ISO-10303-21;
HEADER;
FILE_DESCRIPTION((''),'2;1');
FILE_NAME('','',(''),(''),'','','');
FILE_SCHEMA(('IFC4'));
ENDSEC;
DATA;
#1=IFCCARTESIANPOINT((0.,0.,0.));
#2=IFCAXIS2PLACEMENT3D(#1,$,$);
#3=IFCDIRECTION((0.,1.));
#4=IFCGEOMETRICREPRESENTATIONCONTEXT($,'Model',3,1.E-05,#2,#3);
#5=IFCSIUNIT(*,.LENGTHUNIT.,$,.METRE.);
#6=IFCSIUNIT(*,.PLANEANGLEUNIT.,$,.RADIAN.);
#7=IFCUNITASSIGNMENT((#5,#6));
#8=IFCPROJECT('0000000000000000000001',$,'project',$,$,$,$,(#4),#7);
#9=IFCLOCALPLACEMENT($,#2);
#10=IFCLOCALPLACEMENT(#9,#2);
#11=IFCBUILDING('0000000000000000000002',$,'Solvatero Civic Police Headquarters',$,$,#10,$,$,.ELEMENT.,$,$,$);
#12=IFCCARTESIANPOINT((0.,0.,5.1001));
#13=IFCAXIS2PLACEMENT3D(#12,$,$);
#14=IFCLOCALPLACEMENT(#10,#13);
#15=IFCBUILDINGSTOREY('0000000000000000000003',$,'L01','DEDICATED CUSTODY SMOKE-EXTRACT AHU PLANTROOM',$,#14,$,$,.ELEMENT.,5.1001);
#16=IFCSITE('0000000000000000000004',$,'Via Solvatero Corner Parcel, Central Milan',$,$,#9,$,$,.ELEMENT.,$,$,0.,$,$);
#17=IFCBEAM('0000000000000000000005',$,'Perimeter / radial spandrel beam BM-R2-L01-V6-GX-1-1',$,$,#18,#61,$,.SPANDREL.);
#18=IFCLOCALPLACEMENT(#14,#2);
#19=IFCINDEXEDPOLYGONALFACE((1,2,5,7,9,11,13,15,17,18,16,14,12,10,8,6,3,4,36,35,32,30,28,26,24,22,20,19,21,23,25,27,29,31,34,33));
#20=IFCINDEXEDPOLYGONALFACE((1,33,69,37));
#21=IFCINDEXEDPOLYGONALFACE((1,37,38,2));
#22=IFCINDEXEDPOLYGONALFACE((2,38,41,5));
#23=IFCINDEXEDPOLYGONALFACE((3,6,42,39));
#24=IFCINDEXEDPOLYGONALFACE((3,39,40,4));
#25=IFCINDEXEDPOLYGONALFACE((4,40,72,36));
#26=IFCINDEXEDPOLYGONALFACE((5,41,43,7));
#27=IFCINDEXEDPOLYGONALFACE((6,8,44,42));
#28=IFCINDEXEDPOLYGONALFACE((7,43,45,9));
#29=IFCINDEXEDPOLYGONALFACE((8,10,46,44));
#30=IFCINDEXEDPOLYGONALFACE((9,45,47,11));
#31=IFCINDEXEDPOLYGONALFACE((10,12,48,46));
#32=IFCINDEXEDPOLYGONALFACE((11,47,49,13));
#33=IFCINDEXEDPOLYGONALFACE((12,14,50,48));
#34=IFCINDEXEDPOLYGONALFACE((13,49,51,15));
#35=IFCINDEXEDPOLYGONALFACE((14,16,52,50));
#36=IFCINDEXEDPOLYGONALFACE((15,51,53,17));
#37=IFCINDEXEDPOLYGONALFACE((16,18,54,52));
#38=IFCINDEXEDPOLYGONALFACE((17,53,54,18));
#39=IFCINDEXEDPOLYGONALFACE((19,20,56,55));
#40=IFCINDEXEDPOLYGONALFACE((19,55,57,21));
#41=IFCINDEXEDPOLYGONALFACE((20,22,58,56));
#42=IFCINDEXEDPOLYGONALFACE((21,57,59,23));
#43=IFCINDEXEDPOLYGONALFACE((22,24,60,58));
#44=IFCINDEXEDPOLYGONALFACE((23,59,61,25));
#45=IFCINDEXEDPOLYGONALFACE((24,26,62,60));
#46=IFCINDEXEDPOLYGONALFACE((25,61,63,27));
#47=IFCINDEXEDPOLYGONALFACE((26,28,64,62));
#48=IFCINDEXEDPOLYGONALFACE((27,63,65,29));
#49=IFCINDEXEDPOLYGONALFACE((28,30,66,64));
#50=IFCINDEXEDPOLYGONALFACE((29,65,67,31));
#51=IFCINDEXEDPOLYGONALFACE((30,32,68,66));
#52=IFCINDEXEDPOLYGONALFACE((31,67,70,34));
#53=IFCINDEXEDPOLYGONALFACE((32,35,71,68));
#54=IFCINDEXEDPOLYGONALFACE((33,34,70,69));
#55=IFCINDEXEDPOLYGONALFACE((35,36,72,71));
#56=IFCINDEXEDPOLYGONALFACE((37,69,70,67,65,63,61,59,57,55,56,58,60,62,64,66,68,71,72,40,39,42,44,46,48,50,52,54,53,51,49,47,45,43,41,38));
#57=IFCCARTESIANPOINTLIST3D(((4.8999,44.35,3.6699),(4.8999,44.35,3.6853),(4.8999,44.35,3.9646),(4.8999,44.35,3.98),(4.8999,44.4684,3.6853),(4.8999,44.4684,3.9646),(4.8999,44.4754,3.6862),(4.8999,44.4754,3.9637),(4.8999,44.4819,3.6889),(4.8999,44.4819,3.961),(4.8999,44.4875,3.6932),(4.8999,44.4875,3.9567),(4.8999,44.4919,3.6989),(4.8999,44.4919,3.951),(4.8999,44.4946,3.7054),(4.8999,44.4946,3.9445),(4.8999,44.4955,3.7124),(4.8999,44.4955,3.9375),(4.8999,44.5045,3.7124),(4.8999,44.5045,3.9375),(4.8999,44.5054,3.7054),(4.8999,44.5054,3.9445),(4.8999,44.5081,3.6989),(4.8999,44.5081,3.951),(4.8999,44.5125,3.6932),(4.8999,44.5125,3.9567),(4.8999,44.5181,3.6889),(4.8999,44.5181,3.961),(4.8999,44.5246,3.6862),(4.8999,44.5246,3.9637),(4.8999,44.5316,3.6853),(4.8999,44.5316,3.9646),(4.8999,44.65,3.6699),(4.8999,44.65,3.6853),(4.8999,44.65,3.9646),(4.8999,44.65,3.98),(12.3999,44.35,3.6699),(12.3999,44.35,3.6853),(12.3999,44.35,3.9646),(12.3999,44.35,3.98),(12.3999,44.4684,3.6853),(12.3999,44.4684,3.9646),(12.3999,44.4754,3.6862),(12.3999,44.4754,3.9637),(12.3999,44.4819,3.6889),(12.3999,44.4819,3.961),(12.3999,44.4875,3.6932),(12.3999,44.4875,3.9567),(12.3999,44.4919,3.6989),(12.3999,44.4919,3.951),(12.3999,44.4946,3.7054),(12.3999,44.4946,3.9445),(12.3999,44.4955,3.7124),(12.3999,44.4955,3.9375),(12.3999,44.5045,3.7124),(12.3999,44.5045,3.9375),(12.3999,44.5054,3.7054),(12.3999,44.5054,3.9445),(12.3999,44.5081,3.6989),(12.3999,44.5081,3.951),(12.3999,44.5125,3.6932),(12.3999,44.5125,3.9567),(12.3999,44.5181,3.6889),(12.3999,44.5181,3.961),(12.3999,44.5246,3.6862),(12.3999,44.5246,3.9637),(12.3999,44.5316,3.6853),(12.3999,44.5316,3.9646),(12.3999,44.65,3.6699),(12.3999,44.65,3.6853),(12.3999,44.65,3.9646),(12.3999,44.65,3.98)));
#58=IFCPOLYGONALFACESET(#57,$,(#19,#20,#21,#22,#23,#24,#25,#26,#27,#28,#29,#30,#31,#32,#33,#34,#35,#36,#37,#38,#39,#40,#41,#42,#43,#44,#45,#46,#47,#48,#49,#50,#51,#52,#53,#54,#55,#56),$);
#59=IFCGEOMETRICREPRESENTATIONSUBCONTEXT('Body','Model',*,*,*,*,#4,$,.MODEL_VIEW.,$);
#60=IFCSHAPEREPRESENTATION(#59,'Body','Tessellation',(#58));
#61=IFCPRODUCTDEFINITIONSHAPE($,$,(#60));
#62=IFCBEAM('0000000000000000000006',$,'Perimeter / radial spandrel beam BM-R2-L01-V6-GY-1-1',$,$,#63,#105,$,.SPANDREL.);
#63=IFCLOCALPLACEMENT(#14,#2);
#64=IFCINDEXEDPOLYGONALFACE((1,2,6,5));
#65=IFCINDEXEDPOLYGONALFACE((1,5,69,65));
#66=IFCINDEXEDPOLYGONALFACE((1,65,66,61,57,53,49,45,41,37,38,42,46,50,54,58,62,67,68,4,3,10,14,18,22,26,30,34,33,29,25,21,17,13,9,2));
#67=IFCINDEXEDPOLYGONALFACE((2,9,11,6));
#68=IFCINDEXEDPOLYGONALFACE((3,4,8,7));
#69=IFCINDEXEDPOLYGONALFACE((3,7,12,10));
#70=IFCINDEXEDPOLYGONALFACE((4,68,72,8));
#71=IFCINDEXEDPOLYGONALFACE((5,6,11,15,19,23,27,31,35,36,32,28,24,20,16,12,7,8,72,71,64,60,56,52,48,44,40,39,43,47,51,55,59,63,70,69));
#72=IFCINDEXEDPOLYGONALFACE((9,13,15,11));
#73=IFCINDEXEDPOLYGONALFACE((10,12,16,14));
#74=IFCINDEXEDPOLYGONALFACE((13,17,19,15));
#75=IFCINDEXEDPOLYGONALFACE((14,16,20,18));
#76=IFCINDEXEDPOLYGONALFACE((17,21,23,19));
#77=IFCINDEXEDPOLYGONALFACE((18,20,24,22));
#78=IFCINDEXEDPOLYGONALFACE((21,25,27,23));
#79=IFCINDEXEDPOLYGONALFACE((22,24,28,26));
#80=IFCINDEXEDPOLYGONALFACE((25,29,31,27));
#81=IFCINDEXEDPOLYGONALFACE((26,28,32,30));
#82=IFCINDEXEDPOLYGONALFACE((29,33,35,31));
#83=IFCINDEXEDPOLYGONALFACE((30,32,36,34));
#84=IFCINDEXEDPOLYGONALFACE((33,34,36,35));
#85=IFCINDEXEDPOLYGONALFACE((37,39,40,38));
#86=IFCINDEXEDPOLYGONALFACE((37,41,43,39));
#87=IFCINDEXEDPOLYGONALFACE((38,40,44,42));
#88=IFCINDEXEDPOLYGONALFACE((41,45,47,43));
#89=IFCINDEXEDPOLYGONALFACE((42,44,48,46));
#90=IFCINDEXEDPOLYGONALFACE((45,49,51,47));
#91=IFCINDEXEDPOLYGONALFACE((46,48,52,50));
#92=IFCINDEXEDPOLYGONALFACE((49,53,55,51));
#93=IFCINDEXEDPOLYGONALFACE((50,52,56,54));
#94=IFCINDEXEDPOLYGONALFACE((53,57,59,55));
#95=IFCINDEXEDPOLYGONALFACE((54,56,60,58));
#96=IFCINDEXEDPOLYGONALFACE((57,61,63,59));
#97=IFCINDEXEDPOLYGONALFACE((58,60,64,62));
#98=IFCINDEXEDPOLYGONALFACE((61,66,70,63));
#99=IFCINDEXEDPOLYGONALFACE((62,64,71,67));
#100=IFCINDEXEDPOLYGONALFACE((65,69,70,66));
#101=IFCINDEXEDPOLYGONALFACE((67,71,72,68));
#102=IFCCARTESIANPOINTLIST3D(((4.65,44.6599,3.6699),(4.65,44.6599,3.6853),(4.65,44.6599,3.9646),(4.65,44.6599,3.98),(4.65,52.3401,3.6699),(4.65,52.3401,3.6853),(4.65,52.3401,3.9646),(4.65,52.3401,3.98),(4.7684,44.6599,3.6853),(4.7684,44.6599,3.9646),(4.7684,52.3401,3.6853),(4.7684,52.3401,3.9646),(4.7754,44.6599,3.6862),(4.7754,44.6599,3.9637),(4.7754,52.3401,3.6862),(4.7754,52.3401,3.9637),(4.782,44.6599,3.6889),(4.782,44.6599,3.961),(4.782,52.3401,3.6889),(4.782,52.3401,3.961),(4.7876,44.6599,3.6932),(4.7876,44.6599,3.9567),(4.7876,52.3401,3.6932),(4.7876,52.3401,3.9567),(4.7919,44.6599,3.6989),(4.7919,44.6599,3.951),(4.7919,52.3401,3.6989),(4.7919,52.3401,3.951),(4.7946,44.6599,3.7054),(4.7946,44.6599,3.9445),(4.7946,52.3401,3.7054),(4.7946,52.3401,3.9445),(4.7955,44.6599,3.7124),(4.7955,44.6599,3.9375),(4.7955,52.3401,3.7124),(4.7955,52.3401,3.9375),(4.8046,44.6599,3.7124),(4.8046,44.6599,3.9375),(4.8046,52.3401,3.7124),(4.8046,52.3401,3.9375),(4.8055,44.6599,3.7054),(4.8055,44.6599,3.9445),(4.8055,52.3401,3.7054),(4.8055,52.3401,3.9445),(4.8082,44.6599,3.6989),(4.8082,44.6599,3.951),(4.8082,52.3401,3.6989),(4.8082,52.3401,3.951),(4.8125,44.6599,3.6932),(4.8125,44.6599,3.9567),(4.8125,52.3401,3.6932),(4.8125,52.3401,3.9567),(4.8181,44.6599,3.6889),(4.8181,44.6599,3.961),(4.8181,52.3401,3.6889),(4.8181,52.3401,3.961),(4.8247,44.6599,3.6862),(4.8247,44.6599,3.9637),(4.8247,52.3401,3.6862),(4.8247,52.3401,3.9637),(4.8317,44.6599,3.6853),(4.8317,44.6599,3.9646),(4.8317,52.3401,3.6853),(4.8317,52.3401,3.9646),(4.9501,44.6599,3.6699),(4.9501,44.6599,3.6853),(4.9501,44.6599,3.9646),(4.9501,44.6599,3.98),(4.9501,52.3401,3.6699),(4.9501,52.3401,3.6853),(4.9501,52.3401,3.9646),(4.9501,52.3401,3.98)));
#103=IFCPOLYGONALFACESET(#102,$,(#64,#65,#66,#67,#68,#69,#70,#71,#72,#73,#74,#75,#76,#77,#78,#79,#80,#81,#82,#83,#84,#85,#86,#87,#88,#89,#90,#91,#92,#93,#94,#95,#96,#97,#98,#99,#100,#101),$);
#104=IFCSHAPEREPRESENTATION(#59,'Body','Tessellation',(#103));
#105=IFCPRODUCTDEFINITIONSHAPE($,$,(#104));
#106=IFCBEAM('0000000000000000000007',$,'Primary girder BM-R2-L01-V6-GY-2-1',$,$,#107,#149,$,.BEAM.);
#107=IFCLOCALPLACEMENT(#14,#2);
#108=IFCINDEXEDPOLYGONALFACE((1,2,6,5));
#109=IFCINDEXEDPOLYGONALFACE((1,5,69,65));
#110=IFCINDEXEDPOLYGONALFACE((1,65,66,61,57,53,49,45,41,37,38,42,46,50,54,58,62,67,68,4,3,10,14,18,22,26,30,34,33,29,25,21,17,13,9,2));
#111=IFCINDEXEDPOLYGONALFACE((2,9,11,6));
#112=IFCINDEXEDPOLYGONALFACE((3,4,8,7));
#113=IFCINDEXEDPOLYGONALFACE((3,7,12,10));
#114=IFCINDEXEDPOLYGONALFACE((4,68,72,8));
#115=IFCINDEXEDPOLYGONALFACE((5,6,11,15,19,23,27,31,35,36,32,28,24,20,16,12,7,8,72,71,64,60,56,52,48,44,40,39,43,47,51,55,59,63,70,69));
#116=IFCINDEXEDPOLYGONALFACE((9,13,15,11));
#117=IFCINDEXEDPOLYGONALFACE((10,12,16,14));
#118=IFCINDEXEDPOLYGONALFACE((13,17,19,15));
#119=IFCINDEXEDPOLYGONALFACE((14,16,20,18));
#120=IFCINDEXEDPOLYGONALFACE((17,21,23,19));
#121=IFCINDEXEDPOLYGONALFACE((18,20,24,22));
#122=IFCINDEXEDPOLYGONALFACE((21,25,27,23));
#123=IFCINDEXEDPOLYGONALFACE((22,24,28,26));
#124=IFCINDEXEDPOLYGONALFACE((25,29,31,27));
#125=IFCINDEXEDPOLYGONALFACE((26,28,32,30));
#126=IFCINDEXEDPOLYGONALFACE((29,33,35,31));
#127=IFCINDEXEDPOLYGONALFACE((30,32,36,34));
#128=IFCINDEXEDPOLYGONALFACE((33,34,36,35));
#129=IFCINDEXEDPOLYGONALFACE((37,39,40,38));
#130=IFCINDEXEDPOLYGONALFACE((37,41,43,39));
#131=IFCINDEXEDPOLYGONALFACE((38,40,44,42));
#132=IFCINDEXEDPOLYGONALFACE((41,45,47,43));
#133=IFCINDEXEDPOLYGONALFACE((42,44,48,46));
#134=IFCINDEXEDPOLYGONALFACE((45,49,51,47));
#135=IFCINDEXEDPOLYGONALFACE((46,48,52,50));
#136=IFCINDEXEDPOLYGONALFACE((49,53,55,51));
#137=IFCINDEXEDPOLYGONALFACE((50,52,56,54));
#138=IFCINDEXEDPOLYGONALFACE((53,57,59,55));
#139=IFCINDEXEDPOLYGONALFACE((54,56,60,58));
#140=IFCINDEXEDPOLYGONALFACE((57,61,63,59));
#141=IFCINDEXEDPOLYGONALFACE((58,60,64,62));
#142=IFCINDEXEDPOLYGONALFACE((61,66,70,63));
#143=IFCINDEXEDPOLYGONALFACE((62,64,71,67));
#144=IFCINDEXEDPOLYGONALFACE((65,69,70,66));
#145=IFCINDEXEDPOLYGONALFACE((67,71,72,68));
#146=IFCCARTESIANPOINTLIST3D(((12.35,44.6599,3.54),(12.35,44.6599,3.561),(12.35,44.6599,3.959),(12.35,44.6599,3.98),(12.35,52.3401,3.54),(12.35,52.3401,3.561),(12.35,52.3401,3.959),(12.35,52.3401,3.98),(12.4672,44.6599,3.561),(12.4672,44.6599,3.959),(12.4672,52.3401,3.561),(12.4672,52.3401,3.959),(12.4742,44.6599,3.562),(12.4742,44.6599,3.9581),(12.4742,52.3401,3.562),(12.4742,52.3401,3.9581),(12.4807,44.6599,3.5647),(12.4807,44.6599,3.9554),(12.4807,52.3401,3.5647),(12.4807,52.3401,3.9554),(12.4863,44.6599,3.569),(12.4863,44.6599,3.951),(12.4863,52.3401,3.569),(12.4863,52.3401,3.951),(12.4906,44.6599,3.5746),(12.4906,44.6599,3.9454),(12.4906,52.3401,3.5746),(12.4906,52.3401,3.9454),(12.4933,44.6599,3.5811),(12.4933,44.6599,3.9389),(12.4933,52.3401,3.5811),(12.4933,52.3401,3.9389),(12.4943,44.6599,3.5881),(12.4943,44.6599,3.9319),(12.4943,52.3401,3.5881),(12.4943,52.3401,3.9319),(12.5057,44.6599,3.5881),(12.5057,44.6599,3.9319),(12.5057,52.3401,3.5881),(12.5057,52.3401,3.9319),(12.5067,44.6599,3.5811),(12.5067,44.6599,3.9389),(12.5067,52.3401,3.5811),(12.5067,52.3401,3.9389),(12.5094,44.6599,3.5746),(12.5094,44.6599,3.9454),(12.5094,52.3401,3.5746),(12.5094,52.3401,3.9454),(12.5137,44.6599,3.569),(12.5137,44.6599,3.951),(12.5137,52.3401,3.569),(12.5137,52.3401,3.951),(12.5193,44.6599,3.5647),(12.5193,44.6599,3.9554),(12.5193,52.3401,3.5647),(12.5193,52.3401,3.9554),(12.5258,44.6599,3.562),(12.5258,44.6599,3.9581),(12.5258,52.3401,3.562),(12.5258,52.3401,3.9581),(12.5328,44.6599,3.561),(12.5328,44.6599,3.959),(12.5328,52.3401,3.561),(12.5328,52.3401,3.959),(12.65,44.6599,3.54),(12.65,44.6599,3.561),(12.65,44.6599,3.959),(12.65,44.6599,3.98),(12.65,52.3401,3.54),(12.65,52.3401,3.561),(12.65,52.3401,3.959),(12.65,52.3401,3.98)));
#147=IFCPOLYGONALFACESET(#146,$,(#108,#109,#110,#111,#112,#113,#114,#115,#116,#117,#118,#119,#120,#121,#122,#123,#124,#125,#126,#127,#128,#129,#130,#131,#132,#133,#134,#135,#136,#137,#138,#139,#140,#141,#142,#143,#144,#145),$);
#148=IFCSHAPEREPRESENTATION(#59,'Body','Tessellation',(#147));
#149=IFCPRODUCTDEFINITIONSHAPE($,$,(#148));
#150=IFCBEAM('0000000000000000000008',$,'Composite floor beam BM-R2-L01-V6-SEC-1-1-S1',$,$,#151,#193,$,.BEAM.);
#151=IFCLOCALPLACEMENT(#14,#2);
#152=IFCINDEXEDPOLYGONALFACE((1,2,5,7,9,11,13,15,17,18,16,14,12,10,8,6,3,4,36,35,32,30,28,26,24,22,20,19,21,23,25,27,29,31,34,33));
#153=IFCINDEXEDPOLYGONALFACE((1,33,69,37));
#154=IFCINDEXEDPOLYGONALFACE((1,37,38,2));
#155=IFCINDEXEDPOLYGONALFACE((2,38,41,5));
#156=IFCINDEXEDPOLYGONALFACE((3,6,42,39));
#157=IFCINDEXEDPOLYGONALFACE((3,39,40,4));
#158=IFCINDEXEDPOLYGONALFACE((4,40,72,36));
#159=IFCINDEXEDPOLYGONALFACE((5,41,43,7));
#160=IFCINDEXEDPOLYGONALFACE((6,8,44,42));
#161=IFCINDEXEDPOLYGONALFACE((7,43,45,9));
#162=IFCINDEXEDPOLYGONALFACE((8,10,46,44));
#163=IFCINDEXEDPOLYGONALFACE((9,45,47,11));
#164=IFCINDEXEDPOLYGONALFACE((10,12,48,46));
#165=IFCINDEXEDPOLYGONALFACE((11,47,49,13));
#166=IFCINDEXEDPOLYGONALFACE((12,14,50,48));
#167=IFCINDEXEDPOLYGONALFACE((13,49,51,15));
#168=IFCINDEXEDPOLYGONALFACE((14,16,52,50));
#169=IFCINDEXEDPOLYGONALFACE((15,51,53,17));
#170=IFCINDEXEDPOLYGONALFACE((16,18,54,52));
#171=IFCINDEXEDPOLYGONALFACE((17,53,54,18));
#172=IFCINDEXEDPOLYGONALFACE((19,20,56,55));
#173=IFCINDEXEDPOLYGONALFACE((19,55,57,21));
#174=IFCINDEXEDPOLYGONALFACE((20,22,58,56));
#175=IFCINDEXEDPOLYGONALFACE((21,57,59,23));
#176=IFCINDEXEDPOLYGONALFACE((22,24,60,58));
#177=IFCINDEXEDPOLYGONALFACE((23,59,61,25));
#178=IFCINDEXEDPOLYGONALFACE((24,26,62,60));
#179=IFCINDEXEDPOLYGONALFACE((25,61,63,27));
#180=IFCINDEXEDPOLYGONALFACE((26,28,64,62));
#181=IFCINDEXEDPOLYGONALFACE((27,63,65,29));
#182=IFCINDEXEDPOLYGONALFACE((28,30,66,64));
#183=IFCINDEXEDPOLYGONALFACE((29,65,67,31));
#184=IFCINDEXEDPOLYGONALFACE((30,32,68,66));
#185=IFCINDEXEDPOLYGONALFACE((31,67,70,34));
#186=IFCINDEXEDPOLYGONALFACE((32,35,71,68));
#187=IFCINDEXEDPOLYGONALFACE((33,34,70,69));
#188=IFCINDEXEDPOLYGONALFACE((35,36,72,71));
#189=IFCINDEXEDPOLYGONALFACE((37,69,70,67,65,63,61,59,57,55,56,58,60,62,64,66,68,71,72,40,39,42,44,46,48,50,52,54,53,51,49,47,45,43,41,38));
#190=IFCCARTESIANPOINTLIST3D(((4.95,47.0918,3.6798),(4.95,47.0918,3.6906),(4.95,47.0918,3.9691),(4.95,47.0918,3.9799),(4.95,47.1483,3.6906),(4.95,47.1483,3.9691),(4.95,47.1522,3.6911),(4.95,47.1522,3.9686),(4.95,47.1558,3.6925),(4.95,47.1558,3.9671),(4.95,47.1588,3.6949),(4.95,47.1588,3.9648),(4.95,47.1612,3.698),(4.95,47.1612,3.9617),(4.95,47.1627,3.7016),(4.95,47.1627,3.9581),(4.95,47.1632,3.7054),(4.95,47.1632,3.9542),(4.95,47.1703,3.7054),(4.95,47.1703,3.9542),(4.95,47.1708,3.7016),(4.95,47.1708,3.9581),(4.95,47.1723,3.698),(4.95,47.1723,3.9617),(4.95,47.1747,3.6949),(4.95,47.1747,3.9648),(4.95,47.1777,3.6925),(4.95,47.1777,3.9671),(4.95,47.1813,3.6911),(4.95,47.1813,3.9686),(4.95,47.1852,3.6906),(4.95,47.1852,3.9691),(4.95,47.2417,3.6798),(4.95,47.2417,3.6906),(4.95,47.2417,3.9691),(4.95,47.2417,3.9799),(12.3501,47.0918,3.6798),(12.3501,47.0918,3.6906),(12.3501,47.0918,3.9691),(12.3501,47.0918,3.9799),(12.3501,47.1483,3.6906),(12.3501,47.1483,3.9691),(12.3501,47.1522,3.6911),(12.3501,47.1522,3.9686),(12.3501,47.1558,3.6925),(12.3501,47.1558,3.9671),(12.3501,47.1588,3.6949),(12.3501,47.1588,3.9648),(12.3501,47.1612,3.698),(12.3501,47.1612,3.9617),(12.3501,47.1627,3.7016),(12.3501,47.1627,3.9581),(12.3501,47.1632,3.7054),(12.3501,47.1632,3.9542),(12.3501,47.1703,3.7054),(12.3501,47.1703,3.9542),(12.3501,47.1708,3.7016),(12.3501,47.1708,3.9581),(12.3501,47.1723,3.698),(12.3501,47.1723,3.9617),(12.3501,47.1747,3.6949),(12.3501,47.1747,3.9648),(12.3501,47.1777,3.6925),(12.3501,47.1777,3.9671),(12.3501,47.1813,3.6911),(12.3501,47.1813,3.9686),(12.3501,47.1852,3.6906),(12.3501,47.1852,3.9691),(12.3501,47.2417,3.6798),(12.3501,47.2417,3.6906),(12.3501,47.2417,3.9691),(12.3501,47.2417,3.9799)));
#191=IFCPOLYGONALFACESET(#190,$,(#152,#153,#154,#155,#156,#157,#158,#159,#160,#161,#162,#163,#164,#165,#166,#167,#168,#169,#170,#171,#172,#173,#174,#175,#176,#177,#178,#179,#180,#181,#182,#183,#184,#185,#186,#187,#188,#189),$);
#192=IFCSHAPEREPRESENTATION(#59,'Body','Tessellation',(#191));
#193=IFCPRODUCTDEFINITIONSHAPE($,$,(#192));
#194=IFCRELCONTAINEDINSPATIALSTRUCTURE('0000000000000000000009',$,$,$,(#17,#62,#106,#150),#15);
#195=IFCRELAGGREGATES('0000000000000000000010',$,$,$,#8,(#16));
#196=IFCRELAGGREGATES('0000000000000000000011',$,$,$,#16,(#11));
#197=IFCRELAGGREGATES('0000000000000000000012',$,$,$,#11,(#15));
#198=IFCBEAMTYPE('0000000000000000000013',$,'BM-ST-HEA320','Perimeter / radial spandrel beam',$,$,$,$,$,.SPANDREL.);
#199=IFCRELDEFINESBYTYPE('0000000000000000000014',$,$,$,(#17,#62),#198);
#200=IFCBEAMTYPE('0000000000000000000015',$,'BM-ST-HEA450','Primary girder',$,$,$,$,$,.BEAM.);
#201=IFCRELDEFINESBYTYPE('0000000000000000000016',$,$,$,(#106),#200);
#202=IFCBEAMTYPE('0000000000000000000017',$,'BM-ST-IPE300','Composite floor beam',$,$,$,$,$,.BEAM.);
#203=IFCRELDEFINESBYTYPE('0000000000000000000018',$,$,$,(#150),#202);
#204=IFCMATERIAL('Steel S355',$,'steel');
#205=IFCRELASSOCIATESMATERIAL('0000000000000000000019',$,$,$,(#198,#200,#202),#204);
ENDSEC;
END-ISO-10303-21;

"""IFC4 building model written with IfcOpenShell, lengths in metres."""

from ifc_helpers import new_model, si_unit, direction, frame, origin, origin_2d, place, context, subcontext, project, spatial, i_section, extrude, material, material_profile, profile_set, type_object, element, save


model = new_model("IFC4")

# Units and contexts
model_context = context("Model", 3, precision=1e-05, world=origin(), true_north=direction((0.0, 1.0)))
body_context = subcontext(model_context, "Body", "Model", "MODEL_VIEW")
ifc_project = project(units=[si_unit("LENGTHUNIT", "METRE"), si_unit("PLANEANGLEUNIT", "RADIAN")], contexts=[model_context])

# Site, building, storey
site_placement = place(None, origin())
site = spatial("IfcSite", under=ifc_project, at=site_placement, Name="Via Solvatero Corner Parcel, Central Milan", CompositionType="ELEMENT", RefElevation=0.0)
building_placement = place(site_placement, origin())
building = spatial("IfcBuilding", under=site, at=building_placement, Name="Solvatero Civic Police Headquarters", CompositionType="ELEMENT")
storey_placement = place(building_placement, frame((0.0, 0.0, 5.1001)))
storey = spatial("IfcBuildingStorey", under=building, at=storey_placement, Name="L01", Description="DEDICATED CUSTODY SMOKE-EXTRACT AHU PLANTROOM", CompositionType="ELEMENT", Elevation=5.1001)

# Shared definitions
ifc_material_1 = material(Name="Steel S355", Category="steel")

# Beams
ifc_material_profile_1 = material_profile(ifc_material_1, i_section(OverallWidth=0.3, OverallDepth=0.3101, WebThickness=0.009, FlangeThickness=0.0154, FilletRadius=0.0271, at=origin_2d()), Name="HEA 320")
ifc_profile_set_1 = profile_set([ifc_material_profile_1], Name="Steel S355")
beam_type_1 = type_object("IfcBeamType", Name="BM-ST-HEA320", Description="Perimeter / radial spandrel beam", PredefinedType="SPANDREL", material=ifc_profile_set_1)
beam_1_placement = place(storey_placement, frame((4.8999, 44.5, 3.825), z_axis=(1.0, 0.0, 0.0), x_axis=(0.0, 1.0, 0.0)))
element("IfcBeam", 1, at=beam_1_placement, inside=storey, type_object=beam_type_1, Name="Perimeter / radial spandrel beam BM-R2-L01-V6-GX-1-1", PredefinedType="SPANDREL", context=body_context, shape_type="SweptSolid", body=[
    extrude(i_section(OverallWidth=0.3, OverallDepth=0.3101, WebThickness=0.009, FlangeThickness=0.0154, FilletRadius=0.0271, at=origin_2d()), origin(), (0.0, 0.0, 1.0), 7.5),
])
beam_2_placement = place(storey_placement, frame((4.8, 44.6599, 3.825), z_axis=(0.0, 1.0, 0.0), x_axis=(-1.0, 0.0, 0.0)))
element("IfcBeam", 2, at=beam_2_placement, inside=storey, type_object=beam_type_1, Name="Perimeter / radial spandrel beam BM-R2-L01-V6-GY-1-1", PredefinedType="SPANDREL", context=body_context, shape_type="SweptSolid", body=[
    extrude(i_section(OverallWidth=0.3, OverallDepth=0.3101, WebThickness=0.009, FlangeThickness=0.0154, FilletRadius=0.0271, at=origin_2d()), origin(), (0.0, 0.0, 1.0), 7.6802),
])
ifc_material_profile_2 = material_profile(ifc_material_1, i_section(OverallWidth=0.3, OverallDepth=0.4399, WebThickness=0.0115, FlangeThickness=0.021, FilletRadius=0.0271, at=origin_2d()), Name="HEA 450")
ifc_profile_set_2 = profile_set([ifc_material_profile_2], Name="Steel S355")
beam_type_2 = type_object("IfcBeamType", Name="BM-ST-HEA450", Description="Primary girder", PredefinedType="BEAM", material=ifc_profile_set_2)
beam_3_placement = place(storey_placement, frame((12.5, 44.6599, 3.76), z_axis=(0.0, 1.0, 0.0), x_axis=(-1.0, 0.0, 0.0)))
element("IfcBeam", 3, at=beam_3_placement, inside=storey, type_object=beam_type_2, Name="Primary girder BM-R2-L01-V6-GY-2-1", PredefinedType="BEAM", context=body_context, shape_type="SweptSolid", body=[
    extrude(i_section(OverallWidth=0.3, OverallDepth=0.4399, WebThickness=0.0115, FlangeThickness=0.021, FilletRadius=0.0271, at=origin_2d()), origin(), (0.0, 0.0, 1.0), 7.6802),
])
ifc_material_profile_3 = material_profile(ifc_material_1, i_section(OverallWidth=0.1499, OverallDepth=0.3, WebThickness=0.0071, FlangeThickness=0.0107, FilletRadius=0.0149, at=origin_2d()), Name="IPE 300")
ifc_profile_set_3 = profile_set([ifc_material_profile_3], Name="Steel S355")
beam_type_3 = type_object("IfcBeamType", Name="BM-ST-IPE300", Description="Composite floor beam", PredefinedType="BEAM", material=ifc_profile_set_3)
beam_4_placement = place(storey_placement, frame((4.95, 47.1667, 3.8298), z_axis=(1.0, 0.0, 0.0), x_axis=(0.0, 1.0, 0.0)))
element("IfcBeam", 4, at=beam_4_placement, inside=storey, type_object=beam_type_3, Name="Composite floor beam BM-R2-L01-V6-SEC-1-1-S1", PredefinedType="BEAM", context=body_context, shape_type="SweptSolid", body=[
    extrude(i_section(OverallWidth=0.1499, OverallDepth=0.3, WebThickness=0.0071, FlangeThickness=0.0107, FilletRadius=0.0149, at=origin_2d()), origin(), (0.0, 0.0, 1.0), 7.4001),
])

save(model, "model.ifc")
